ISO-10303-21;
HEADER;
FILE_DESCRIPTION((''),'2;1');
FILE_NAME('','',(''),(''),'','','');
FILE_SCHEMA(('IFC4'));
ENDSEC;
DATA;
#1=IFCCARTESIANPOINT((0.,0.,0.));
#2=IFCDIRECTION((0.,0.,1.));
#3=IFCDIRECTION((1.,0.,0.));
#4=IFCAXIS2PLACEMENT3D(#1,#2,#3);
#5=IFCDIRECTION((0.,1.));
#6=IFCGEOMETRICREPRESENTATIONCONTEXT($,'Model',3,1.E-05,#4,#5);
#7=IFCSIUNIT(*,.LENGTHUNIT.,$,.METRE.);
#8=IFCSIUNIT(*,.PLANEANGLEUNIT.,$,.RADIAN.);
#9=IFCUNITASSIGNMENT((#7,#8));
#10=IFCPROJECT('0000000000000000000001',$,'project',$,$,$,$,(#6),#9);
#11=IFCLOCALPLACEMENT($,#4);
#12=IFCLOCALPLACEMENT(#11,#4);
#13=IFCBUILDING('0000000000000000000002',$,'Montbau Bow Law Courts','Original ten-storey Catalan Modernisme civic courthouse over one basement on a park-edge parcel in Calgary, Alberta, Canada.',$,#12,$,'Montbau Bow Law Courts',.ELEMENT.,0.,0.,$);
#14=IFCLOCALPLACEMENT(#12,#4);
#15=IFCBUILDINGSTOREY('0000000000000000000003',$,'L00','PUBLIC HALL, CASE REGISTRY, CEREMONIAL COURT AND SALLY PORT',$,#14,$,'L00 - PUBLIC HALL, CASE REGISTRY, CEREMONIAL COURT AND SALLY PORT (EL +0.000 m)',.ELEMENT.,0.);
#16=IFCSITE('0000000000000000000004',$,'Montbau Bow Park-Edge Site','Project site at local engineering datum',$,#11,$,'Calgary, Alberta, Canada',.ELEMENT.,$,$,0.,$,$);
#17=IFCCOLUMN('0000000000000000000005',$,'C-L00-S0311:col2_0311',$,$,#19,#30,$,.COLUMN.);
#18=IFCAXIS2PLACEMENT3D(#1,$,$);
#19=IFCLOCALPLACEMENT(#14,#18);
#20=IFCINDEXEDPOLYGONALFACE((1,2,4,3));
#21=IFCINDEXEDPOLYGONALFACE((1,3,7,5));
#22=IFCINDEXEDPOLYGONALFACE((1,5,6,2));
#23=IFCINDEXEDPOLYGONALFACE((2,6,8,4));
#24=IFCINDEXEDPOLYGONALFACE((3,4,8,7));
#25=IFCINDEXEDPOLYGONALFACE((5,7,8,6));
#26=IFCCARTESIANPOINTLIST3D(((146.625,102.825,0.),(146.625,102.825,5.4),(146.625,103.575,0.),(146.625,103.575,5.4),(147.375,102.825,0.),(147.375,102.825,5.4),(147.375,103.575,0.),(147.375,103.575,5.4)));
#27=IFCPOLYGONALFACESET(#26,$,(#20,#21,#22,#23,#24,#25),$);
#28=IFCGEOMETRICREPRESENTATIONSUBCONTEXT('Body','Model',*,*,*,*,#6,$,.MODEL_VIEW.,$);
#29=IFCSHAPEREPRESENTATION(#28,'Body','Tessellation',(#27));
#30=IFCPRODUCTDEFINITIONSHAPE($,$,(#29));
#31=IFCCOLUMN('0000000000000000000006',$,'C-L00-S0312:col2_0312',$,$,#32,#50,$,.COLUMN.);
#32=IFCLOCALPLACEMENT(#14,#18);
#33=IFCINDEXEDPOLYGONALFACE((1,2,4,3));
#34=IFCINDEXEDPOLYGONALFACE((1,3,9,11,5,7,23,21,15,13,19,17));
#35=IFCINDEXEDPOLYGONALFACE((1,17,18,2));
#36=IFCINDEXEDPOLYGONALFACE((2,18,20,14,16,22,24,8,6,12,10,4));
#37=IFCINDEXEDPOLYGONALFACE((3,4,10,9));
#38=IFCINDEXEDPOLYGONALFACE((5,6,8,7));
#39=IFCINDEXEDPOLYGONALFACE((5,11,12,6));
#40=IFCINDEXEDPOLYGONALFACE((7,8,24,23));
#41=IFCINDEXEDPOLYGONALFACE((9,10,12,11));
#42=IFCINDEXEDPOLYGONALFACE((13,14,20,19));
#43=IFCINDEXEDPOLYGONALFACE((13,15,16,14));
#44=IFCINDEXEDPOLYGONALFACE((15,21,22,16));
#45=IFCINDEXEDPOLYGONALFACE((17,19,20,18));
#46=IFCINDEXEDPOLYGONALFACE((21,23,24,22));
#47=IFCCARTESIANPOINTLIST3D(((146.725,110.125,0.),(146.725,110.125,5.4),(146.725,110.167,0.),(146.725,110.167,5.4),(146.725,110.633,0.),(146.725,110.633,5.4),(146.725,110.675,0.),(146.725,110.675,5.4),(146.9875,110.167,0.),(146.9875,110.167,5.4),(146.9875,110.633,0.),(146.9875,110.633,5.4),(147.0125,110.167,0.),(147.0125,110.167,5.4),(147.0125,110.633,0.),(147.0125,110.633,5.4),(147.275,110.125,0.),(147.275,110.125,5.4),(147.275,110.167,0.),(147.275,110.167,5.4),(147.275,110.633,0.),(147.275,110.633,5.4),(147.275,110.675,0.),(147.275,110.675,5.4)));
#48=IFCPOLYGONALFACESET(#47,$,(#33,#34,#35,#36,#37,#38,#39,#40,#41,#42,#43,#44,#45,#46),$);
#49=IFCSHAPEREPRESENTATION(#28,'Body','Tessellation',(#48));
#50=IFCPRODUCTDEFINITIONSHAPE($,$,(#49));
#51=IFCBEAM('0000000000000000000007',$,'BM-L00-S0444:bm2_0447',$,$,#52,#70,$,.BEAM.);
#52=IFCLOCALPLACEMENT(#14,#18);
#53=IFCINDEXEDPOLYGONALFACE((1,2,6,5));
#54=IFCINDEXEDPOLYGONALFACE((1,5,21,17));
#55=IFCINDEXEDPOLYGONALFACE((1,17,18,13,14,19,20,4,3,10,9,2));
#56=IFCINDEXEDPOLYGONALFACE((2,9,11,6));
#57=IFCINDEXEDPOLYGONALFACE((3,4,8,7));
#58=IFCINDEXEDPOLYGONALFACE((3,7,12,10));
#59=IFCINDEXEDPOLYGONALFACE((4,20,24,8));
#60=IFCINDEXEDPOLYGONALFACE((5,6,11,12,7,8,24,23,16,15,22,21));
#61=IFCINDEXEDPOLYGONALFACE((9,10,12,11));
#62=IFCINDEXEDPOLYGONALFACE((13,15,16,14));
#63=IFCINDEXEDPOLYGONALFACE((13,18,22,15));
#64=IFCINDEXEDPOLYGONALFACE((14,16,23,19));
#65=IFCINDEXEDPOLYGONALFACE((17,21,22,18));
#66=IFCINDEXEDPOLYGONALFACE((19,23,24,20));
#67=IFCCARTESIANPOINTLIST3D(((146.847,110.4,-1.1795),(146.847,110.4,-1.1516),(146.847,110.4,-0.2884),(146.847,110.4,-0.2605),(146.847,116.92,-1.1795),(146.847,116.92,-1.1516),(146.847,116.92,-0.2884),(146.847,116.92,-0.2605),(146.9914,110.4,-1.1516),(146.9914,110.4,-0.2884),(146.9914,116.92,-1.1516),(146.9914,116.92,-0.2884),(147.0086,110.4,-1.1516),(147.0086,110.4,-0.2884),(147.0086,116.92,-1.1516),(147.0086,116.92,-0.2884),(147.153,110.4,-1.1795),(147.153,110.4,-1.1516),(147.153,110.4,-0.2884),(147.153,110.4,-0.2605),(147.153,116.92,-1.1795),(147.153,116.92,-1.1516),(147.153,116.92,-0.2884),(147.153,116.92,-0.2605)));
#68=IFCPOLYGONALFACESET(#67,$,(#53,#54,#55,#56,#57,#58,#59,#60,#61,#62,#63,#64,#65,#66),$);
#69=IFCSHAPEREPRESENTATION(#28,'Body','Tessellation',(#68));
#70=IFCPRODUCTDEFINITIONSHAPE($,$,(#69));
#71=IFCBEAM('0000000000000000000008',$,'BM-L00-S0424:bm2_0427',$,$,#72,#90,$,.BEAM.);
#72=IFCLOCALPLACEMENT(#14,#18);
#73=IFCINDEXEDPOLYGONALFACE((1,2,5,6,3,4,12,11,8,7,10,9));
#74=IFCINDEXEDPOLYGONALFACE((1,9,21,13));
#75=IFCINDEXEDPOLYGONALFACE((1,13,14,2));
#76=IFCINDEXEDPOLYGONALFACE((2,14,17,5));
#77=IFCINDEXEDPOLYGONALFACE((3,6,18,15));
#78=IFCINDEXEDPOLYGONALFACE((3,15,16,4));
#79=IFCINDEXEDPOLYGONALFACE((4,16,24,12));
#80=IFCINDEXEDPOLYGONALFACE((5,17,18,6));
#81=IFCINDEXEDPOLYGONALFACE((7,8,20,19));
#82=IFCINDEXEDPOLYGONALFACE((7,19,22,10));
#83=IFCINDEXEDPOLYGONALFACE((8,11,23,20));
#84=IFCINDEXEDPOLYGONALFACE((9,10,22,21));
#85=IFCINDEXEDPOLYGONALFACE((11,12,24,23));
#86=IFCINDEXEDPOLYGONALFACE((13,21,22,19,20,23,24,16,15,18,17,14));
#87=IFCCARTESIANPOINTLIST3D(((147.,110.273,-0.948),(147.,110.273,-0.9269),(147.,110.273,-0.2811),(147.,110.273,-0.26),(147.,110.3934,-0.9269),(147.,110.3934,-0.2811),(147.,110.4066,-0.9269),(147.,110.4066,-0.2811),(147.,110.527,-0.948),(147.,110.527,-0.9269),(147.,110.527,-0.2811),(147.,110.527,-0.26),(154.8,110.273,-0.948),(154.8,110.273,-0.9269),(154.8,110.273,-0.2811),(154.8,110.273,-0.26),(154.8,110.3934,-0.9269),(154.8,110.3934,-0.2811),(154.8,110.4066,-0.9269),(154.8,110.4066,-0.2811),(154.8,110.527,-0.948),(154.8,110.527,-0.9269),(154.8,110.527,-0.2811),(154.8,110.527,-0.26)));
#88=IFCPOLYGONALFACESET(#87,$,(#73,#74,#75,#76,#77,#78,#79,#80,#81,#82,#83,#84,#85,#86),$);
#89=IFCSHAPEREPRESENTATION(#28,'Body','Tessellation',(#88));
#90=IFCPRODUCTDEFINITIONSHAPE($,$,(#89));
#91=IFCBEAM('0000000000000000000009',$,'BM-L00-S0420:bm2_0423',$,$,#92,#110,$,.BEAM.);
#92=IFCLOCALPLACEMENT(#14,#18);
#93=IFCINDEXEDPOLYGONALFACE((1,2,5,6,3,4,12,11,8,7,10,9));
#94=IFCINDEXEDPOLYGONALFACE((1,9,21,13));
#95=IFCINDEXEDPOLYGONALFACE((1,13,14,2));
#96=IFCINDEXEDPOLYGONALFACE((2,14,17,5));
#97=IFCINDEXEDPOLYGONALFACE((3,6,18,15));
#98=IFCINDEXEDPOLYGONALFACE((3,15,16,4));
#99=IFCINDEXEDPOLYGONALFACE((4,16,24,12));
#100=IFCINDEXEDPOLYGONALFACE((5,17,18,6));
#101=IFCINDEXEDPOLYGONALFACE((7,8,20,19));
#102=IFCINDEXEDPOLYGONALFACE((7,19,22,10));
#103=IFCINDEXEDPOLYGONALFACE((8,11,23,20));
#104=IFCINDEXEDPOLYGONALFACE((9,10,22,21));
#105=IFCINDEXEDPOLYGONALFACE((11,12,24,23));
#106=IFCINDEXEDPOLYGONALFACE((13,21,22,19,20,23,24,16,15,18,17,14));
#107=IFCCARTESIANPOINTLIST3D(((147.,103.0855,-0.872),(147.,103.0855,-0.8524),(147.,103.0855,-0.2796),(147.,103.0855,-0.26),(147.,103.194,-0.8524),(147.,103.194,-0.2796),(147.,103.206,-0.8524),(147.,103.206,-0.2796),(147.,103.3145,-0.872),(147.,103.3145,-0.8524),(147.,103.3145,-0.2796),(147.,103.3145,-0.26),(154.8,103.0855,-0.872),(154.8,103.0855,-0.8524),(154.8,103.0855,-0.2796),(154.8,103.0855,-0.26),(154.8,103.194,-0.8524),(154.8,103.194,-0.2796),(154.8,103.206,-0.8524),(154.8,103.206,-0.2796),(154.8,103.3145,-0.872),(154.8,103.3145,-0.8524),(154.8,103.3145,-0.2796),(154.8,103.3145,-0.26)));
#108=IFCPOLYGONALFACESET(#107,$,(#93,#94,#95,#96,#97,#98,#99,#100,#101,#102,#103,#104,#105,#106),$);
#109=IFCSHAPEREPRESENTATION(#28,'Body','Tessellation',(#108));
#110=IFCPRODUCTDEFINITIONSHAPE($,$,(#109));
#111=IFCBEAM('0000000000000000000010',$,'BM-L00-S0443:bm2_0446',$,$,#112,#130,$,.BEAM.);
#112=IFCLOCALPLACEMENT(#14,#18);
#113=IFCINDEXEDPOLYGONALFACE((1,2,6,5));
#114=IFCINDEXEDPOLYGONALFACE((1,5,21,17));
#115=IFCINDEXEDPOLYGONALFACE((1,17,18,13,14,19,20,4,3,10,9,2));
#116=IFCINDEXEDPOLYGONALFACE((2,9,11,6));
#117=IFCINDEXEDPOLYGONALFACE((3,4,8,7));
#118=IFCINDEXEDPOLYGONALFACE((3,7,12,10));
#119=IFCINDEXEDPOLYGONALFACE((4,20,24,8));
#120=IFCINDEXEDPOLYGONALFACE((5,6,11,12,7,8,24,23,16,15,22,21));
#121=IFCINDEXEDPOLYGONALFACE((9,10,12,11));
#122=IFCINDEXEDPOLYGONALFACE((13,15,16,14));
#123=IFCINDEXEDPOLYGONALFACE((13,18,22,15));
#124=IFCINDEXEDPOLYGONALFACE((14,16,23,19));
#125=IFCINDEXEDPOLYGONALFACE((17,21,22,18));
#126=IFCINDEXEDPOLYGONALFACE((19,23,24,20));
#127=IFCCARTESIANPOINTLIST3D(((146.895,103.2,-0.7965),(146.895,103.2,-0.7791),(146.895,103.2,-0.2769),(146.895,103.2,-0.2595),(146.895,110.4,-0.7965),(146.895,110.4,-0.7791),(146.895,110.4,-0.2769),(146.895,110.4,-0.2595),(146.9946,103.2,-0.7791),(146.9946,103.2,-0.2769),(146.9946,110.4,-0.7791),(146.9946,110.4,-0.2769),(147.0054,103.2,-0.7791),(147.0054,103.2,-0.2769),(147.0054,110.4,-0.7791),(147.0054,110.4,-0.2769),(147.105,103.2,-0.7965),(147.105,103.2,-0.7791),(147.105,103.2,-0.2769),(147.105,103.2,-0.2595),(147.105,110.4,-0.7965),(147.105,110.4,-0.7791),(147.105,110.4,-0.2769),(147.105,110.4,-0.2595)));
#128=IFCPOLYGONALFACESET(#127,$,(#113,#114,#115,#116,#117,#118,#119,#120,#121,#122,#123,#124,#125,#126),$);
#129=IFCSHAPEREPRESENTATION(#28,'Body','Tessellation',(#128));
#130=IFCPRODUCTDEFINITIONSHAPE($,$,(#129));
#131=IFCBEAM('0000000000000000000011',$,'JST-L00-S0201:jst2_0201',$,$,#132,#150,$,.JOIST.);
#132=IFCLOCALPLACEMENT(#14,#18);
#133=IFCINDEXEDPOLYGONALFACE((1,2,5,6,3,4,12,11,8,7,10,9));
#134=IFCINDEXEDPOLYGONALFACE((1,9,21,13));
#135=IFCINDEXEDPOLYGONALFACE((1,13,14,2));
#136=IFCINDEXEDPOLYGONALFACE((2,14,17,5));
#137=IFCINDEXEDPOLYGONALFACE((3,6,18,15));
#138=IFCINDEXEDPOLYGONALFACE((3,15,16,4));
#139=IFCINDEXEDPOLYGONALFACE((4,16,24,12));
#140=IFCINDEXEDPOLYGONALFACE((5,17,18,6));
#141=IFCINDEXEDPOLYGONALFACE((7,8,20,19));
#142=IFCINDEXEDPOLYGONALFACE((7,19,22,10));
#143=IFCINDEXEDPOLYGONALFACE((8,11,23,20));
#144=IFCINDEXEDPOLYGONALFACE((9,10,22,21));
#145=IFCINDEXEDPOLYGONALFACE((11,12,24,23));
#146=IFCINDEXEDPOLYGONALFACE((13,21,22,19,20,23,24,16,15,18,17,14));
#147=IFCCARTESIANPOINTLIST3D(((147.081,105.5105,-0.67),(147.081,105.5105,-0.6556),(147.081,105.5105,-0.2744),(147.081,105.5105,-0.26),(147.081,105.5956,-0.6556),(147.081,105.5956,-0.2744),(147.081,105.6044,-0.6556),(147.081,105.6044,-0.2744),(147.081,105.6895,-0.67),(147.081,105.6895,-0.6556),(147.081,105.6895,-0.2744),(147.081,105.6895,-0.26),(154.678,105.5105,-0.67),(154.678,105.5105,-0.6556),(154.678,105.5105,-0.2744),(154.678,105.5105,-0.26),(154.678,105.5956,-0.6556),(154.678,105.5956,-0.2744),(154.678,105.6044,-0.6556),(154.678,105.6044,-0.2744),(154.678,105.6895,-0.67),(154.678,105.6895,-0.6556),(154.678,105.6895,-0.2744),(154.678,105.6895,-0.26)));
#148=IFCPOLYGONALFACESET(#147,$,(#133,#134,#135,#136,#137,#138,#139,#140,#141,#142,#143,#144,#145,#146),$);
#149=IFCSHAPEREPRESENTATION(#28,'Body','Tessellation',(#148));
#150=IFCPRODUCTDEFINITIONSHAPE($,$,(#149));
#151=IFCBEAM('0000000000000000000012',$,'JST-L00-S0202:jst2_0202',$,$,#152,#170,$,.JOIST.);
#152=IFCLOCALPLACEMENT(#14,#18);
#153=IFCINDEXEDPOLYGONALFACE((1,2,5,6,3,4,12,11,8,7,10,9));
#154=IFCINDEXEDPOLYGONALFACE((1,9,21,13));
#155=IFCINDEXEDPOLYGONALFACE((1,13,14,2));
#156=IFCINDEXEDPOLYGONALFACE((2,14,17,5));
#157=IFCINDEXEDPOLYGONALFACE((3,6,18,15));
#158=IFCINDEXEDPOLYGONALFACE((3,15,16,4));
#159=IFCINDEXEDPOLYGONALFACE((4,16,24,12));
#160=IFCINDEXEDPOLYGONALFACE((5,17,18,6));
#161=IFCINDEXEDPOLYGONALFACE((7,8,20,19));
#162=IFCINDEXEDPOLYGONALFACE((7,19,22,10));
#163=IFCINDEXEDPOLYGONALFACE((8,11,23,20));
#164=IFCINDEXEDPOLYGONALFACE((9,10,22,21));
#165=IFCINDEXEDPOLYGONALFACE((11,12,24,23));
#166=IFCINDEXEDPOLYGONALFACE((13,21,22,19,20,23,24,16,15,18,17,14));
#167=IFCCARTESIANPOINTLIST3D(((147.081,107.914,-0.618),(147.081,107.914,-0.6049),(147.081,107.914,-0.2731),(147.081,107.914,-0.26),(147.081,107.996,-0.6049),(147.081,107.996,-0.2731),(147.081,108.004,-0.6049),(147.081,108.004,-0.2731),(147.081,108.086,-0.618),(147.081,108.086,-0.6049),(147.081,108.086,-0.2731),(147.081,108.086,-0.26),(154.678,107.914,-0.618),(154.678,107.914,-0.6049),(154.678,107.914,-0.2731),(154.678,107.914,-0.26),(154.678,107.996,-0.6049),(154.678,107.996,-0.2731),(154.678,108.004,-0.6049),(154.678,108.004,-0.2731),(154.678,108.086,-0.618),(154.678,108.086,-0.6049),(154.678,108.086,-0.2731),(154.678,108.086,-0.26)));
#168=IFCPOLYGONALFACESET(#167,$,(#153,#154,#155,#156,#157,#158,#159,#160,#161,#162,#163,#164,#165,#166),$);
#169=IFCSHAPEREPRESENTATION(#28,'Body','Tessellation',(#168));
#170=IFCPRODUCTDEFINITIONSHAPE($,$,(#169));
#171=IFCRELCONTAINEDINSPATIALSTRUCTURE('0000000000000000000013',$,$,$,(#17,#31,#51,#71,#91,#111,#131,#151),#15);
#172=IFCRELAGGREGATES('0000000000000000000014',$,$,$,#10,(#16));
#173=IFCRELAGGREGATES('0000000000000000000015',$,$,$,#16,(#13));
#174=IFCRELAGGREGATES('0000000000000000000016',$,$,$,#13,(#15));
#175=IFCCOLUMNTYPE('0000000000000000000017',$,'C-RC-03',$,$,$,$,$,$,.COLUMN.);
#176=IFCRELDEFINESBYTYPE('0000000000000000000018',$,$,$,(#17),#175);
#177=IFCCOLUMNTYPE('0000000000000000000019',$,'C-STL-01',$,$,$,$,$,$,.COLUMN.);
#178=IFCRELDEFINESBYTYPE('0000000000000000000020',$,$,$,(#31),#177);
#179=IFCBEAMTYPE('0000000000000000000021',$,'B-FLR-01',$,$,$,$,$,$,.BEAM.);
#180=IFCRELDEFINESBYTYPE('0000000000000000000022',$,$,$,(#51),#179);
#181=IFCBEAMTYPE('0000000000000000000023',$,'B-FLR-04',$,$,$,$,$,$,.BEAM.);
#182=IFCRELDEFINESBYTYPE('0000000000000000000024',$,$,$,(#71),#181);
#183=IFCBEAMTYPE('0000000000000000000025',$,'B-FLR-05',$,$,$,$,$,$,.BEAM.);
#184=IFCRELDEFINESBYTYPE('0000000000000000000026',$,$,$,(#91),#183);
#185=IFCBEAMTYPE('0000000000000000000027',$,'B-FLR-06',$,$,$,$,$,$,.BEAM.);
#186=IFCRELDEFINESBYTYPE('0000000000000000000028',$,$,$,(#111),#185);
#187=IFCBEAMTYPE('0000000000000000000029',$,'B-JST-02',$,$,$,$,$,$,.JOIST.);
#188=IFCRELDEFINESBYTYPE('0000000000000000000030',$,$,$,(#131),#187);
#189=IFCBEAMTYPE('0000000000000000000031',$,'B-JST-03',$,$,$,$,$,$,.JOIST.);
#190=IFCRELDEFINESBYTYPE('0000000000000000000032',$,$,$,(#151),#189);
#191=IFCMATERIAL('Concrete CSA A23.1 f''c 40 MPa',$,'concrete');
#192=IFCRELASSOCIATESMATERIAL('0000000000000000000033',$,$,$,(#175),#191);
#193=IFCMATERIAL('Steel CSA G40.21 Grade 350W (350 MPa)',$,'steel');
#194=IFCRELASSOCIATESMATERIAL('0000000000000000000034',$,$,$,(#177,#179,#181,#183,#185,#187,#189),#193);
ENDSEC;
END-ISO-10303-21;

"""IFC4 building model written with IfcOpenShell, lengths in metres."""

from ifc_helpers import new_model, si_unit, direction, frame, origin_with_axes, origin_2d_with_axis, place, context, subcontext, project, spatial, rectangle, i_section, extrude, material, material_profile, profile_set, type_object, element, save


model = new_model("IFC4")

# Units and contexts
model_context = context("Model", 3, precision=1e-05, world=origin_with_axes(), true_north=direction((0.0, 1.0)))
body_context = subcontext(model_context, "Body", "Model", "MODEL_VIEW")
ifc_project = project(units=[si_unit("LENGTHUNIT", "METRE"), si_unit("PLANEANGLEUNIT", "RADIAN")], contexts=[model_context])

# Site, building, storey
site_placement = place(None, origin_with_axes())
site = spatial("IfcSite", under=ifc_project, at=site_placement, Name="Montbau Bow Park-Edge Site", Description="Project site at local engineering datum", LongName="Calgary, Alberta, Canada", CompositionType="ELEMENT", RefElevation=0.0)
building_placement = place(site_placement, origin_with_axes())
building = spatial("IfcBuilding", under=site, at=building_placement, Name="Montbau Bow Law Courts", Description="Original ten-storey Catalan Modernisme civic courthouse over one basement on a park-edge parcel in Calgary, Alberta, Canada.", LongName="Montbau Bow Law Courts", CompositionType="ELEMENT", ElevationOfRefHeight=0.0, ElevationOfTerrain=0.0)
storey_placement = place(building_placement, origin_with_axes())
storey = spatial("IfcBuildingStorey", under=building, at=storey_placement, Name="L00", Description="PUBLIC HALL, CASE REGISTRY, CEREMONIAL COURT AND SALLY PORT", LongName="L00 - PUBLIC HALL, CASE REGISTRY, CEREMONIAL COURT AND SALLY PORT (EL +0.000 m)", CompositionType="ELEMENT", Elevation=0.0)

# Columns
ifc_material_1 = material(Name="Concrete CSA A23.1 f'c 40 MPa", Category="concrete")
ifc_material_profile_1 = material_profile(ifc_material_1, rectangle(XDim=0.75, YDim=0.75, at=origin_2d_with_axis()), Name="RC750X750", Category="Main", Priority=0)
ifc_profile_set_1 = profile_set([ifc_material_profile_1], Name="Concrete CSA A23.1 f'c 40 MPa")
column_type_1 = type_object("IfcColumnType", Name="C-RC-03", PredefinedType="COLUMN", material=ifc_profile_set_1)
column_1_placement = place(None, frame((147.0, 103.2, 0.0), z_axis=(0.0, 0.0, 1.0), x_axis=(1.0, 0.0, 0.0)))
element("IfcColumn", 1, at=column_1_placement, inside=storey, type_object=column_type_1, Name="C-L00-S0311:col2_0311", PredefinedType="COLUMN", context=body_context, shape_type="SweptSolid", body=[
    extrude(rectangle(XDim=0.75, YDim=0.75, at=origin_2d_with_axis()), origin_with_axes(), (0.0, 0.0, 1.0), 5.4),
])
ifc_material_2 = material(Name="Steel CSA G40.21 Grade 350W (350 MPa)", Category="steel")
ifc_material_profile_2 = material_profile(ifc_material_2, i_section(OverallWidth=0.55, OverallDepth=0.55, WebThickness=0.025, FlangeThickness=0.042, at=origin_2d_with_axis()), Name="WWF550X420", Category="Main", Priority=0)
ifc_profile_set_2 = profile_set([ifc_material_profile_2], Name="Steel CSA G40.21 Grade 350W (350 MPa)")
column_type_2 = type_object("IfcColumnType", Name="C-STL-01", PredefinedType="COLUMN", material=ifc_profile_set_2)
column_2_placement = place(None, frame((147.0, 110.4, 0.0), z_axis=(0.0, 0.0, 1.0), x_axis=(1.0, 0.0, 0.0)))
element("IfcColumn", 2, at=column_2_placement, inside=storey, type_object=column_type_2, Name="C-L00-S0312:col2_0312", PredefinedType="COLUMN", context=body_context, shape_type="SweptSolid", body=[
    extrude(i_section(OverallWidth=0.55, OverallDepth=0.55, WebThickness=0.025, FlangeThickness=0.042, at=origin_2d_with_axis()), origin_with_axes(), (0.0, 0.0, 1.0), 5.4),
])

# Beams
ifc_material_profile_3 = material_profile(ifc_material_2, i_section(OverallWidth=0.306, OverallDepth=0.919, WebThickness=0.0173, FlangeThickness=0.0279, at=origin_2d_with_axis()), Name="W920X253", Category="Main", Priority=0)
ifc_profile_set_3 = profile_set([ifc_material_profile_3], Name="Steel CSA G40.21 Grade 350W (350 MPa)")
beam_type_1 = type_object("IfcBeamType", Name="B-FLR-01", PredefinedType="BEAM", material=ifc_profile_set_3)
beam_1_placement = place(None, frame((147.0, 110.4, -0.72), z_axis=(0.0, 1.0, 0.0), x_axis=(-1.0, 0.0, 0.0)))
element("IfcBeam", 3, at=beam_1_placement, inside=storey, type_object=beam_type_1, Name="BM-L00-S0444:bm2_0447", PredefinedType="BEAM", context=body_context, shape_type="SweptSolid", body=[
    extrude(i_section(OverallWidth=0.306, OverallDepth=0.919, WebThickness=0.0173, FlangeThickness=0.0279, at=origin_2d_with_axis()), origin_with_axes(), (0.0, 0.0, 1.0), 6.52),
])
ifc_material_profile_4 = material_profile(ifc_material_2, i_section(OverallWidth=0.254, OverallDepth=0.688, WebThickness=0.0131, FlangeThickness=0.0211, at=origin_2d_with_axis()), Name="W690X152", Category="Main", Priority=0)
ifc_profile_set_4 = profile_set([ifc_material_profile_4], Name="Steel CSA G40.21 Grade 350W (350 MPa)")
beam_type_2 = type_object("IfcBeamType", Name="B-FLR-04", PredefinedType="BEAM", material=ifc_profile_set_4)
beam_2_placement = place(None, frame((147.0, 110.4, -0.604), z_axis=(1.0, 0.0, 0.0), x_axis=(0.0, 1.0, 0.0)))
element("IfcBeam", 4, at=beam_2_placement, inside=storey, type_object=beam_type_2, Name="BM-L00-S0424:bm2_0427", PredefinedType="BEAM", context=body_context, shape_type="SweptSolid", body=[
    extrude(i_section(OverallWidth=0.254, OverallDepth=0.688, WebThickness=0.0131, FlangeThickness=0.0211, at=origin_2d_with_axis()), origin_with_axes(), (0.0, 0.0, 1.0), 7.8),
])
ifc_material_profile_5 = material_profile(ifc_material_2, i_section(OverallWidth=0.229, OverallDepth=0.612, WebThickness=0.0119, FlangeThickness=0.0196, at=origin_2d_with_axis()), Name="W610X125", Category="Main", Priority=0)
ifc_profile_set_5 = profile_set([ifc_material_profile_5], Name="Steel CSA G40.21 Grade 350W (350 MPa)")
beam_type_3 = type_object("IfcBeamType", Name="B-FLR-05", PredefinedType="BEAM", material=ifc_profile_set_5)
beam_3_placement = place(None, frame((147.0, 103.2, -0.566), z_axis=(1.0, 0.0, 0.0), x_axis=(0.0, 1.0, 0.0)))
element("IfcBeam", 5, at=beam_3_placement, inside=storey, type_object=beam_type_3, Name="BM-L00-S0420:bm2_0423", PredefinedType="BEAM", context=body_context, shape_type="SweptSolid", body=[
    extrude(i_section(OverallWidth=0.229, OverallDepth=0.612, WebThickness=0.0119, FlangeThickness=0.0196, at=origin_2d_with_axis()), origin_with_axes(), (0.0, 0.0, 1.0), 7.8),
])
ifc_material_profile_6 = material_profile(ifc_material_2, i_section(OverallWidth=0.21, OverallDepth=0.537, WebThickness=0.0109, FlangeThickness=0.0174, at=origin_2d_with_axis()), Name="W530X101", Category="Main", Priority=0)
ifc_profile_set_6 = profile_set([ifc_material_profile_6], Name="Steel CSA G40.21 Grade 350W (350 MPa)")
beam_type_4 = type_object("IfcBeamType", Name="B-FLR-06", PredefinedType="BEAM", material=ifc_profile_set_6)
beam_4_placement = place(None, frame((147.0, 103.2, -0.528), z_axis=(0.0, 1.0, 0.0), x_axis=(-1.0, 0.0, 0.0)))
element("IfcBeam", 6, at=beam_4_placement, inside=storey, type_object=beam_type_4, Name="BM-L00-S0443:bm2_0446", PredefinedType="BEAM", context=body_context, shape_type="SweptSolid", body=[
    extrude(i_section(OverallWidth=0.21, OverallDepth=0.537, WebThickness=0.0109, FlangeThickness=0.0174, at=origin_2d_with_axis()), origin_with_axes(), (0.0, 0.0, 1.0), 7.2),
])
ifc_material_profile_7 = material_profile(ifc_material_2, i_section(OverallWidth=0.179, OverallDepth=0.41, WebThickness=0.0088, FlangeThickness=0.0144, at=origin_2d_with_axis()), Name="W410X67", Category="Main", Priority=0)
ifc_profile_set_7 = profile_set([ifc_material_profile_7], Name="Steel CSA G40.21 Grade 350W (350 MPa)")
beam_type_5 = type_object("IfcBeamType", Name="B-JST-02", PredefinedType="JOIST", material=ifc_profile_set_7)
beam_5_placement = place(None, frame((147.081, 105.6, -0.465), z_axis=(1.0, 0.0, 0.0), x_axis=(0.0, 1.0, 0.0)))
element("IfcBeam", 7, at=beam_5_placement, inside=storey, type_object=beam_type_5, Name="JST-L00-S0201:jst2_0201", PredefinedType="JOIST", context=body_context, shape_type="SweptSolid", body=[
    extrude(i_section(OverallWidth=0.179, OverallDepth=0.41, WebThickness=0.0088, FlangeThickness=0.0144, at=origin_2d_with_axis()), origin_with_axes(), (0.0, 0.0, 1.0), 7.597),
])
ifc_material_profile_8 = material_profile(ifc_material_2, i_section(OverallWidth=0.172, OverallDepth=0.358, WebThickness=0.0079, FlangeThickness=0.0131, at=origin_2d_with_axis()), Name="W360X57", Category="Main", Priority=0)
ifc_profile_set_8 = profile_set([ifc_material_profile_8], Name="Steel CSA G40.21 Grade 350W (350 MPa)")
beam_type_6 = type_object("IfcBeamType", Name="B-JST-03", PredefinedType="JOIST", material=ifc_profile_set_8)
beam_6_placement = place(None, frame((147.081, 108.0, -0.439), z_axis=(1.0, 0.0, 0.0), x_axis=(0.0, 1.0, 0.0)))
element("IfcBeam", 8, at=beam_6_placement, inside=storey, type_object=beam_type_6, Name="JST-L00-S0202:jst2_0202", PredefinedType="JOIST", context=body_context, shape_type="SweptSolid", body=[
    extrude(i_section(OverallWidth=0.172, OverallDepth=0.358, WebThickness=0.0079, FlangeThickness=0.0131, at=origin_2d_with_axis()), origin_with_axes(), (0.0, 0.0, 1.0), 7.597),
])

save(model, "model.ifc")
